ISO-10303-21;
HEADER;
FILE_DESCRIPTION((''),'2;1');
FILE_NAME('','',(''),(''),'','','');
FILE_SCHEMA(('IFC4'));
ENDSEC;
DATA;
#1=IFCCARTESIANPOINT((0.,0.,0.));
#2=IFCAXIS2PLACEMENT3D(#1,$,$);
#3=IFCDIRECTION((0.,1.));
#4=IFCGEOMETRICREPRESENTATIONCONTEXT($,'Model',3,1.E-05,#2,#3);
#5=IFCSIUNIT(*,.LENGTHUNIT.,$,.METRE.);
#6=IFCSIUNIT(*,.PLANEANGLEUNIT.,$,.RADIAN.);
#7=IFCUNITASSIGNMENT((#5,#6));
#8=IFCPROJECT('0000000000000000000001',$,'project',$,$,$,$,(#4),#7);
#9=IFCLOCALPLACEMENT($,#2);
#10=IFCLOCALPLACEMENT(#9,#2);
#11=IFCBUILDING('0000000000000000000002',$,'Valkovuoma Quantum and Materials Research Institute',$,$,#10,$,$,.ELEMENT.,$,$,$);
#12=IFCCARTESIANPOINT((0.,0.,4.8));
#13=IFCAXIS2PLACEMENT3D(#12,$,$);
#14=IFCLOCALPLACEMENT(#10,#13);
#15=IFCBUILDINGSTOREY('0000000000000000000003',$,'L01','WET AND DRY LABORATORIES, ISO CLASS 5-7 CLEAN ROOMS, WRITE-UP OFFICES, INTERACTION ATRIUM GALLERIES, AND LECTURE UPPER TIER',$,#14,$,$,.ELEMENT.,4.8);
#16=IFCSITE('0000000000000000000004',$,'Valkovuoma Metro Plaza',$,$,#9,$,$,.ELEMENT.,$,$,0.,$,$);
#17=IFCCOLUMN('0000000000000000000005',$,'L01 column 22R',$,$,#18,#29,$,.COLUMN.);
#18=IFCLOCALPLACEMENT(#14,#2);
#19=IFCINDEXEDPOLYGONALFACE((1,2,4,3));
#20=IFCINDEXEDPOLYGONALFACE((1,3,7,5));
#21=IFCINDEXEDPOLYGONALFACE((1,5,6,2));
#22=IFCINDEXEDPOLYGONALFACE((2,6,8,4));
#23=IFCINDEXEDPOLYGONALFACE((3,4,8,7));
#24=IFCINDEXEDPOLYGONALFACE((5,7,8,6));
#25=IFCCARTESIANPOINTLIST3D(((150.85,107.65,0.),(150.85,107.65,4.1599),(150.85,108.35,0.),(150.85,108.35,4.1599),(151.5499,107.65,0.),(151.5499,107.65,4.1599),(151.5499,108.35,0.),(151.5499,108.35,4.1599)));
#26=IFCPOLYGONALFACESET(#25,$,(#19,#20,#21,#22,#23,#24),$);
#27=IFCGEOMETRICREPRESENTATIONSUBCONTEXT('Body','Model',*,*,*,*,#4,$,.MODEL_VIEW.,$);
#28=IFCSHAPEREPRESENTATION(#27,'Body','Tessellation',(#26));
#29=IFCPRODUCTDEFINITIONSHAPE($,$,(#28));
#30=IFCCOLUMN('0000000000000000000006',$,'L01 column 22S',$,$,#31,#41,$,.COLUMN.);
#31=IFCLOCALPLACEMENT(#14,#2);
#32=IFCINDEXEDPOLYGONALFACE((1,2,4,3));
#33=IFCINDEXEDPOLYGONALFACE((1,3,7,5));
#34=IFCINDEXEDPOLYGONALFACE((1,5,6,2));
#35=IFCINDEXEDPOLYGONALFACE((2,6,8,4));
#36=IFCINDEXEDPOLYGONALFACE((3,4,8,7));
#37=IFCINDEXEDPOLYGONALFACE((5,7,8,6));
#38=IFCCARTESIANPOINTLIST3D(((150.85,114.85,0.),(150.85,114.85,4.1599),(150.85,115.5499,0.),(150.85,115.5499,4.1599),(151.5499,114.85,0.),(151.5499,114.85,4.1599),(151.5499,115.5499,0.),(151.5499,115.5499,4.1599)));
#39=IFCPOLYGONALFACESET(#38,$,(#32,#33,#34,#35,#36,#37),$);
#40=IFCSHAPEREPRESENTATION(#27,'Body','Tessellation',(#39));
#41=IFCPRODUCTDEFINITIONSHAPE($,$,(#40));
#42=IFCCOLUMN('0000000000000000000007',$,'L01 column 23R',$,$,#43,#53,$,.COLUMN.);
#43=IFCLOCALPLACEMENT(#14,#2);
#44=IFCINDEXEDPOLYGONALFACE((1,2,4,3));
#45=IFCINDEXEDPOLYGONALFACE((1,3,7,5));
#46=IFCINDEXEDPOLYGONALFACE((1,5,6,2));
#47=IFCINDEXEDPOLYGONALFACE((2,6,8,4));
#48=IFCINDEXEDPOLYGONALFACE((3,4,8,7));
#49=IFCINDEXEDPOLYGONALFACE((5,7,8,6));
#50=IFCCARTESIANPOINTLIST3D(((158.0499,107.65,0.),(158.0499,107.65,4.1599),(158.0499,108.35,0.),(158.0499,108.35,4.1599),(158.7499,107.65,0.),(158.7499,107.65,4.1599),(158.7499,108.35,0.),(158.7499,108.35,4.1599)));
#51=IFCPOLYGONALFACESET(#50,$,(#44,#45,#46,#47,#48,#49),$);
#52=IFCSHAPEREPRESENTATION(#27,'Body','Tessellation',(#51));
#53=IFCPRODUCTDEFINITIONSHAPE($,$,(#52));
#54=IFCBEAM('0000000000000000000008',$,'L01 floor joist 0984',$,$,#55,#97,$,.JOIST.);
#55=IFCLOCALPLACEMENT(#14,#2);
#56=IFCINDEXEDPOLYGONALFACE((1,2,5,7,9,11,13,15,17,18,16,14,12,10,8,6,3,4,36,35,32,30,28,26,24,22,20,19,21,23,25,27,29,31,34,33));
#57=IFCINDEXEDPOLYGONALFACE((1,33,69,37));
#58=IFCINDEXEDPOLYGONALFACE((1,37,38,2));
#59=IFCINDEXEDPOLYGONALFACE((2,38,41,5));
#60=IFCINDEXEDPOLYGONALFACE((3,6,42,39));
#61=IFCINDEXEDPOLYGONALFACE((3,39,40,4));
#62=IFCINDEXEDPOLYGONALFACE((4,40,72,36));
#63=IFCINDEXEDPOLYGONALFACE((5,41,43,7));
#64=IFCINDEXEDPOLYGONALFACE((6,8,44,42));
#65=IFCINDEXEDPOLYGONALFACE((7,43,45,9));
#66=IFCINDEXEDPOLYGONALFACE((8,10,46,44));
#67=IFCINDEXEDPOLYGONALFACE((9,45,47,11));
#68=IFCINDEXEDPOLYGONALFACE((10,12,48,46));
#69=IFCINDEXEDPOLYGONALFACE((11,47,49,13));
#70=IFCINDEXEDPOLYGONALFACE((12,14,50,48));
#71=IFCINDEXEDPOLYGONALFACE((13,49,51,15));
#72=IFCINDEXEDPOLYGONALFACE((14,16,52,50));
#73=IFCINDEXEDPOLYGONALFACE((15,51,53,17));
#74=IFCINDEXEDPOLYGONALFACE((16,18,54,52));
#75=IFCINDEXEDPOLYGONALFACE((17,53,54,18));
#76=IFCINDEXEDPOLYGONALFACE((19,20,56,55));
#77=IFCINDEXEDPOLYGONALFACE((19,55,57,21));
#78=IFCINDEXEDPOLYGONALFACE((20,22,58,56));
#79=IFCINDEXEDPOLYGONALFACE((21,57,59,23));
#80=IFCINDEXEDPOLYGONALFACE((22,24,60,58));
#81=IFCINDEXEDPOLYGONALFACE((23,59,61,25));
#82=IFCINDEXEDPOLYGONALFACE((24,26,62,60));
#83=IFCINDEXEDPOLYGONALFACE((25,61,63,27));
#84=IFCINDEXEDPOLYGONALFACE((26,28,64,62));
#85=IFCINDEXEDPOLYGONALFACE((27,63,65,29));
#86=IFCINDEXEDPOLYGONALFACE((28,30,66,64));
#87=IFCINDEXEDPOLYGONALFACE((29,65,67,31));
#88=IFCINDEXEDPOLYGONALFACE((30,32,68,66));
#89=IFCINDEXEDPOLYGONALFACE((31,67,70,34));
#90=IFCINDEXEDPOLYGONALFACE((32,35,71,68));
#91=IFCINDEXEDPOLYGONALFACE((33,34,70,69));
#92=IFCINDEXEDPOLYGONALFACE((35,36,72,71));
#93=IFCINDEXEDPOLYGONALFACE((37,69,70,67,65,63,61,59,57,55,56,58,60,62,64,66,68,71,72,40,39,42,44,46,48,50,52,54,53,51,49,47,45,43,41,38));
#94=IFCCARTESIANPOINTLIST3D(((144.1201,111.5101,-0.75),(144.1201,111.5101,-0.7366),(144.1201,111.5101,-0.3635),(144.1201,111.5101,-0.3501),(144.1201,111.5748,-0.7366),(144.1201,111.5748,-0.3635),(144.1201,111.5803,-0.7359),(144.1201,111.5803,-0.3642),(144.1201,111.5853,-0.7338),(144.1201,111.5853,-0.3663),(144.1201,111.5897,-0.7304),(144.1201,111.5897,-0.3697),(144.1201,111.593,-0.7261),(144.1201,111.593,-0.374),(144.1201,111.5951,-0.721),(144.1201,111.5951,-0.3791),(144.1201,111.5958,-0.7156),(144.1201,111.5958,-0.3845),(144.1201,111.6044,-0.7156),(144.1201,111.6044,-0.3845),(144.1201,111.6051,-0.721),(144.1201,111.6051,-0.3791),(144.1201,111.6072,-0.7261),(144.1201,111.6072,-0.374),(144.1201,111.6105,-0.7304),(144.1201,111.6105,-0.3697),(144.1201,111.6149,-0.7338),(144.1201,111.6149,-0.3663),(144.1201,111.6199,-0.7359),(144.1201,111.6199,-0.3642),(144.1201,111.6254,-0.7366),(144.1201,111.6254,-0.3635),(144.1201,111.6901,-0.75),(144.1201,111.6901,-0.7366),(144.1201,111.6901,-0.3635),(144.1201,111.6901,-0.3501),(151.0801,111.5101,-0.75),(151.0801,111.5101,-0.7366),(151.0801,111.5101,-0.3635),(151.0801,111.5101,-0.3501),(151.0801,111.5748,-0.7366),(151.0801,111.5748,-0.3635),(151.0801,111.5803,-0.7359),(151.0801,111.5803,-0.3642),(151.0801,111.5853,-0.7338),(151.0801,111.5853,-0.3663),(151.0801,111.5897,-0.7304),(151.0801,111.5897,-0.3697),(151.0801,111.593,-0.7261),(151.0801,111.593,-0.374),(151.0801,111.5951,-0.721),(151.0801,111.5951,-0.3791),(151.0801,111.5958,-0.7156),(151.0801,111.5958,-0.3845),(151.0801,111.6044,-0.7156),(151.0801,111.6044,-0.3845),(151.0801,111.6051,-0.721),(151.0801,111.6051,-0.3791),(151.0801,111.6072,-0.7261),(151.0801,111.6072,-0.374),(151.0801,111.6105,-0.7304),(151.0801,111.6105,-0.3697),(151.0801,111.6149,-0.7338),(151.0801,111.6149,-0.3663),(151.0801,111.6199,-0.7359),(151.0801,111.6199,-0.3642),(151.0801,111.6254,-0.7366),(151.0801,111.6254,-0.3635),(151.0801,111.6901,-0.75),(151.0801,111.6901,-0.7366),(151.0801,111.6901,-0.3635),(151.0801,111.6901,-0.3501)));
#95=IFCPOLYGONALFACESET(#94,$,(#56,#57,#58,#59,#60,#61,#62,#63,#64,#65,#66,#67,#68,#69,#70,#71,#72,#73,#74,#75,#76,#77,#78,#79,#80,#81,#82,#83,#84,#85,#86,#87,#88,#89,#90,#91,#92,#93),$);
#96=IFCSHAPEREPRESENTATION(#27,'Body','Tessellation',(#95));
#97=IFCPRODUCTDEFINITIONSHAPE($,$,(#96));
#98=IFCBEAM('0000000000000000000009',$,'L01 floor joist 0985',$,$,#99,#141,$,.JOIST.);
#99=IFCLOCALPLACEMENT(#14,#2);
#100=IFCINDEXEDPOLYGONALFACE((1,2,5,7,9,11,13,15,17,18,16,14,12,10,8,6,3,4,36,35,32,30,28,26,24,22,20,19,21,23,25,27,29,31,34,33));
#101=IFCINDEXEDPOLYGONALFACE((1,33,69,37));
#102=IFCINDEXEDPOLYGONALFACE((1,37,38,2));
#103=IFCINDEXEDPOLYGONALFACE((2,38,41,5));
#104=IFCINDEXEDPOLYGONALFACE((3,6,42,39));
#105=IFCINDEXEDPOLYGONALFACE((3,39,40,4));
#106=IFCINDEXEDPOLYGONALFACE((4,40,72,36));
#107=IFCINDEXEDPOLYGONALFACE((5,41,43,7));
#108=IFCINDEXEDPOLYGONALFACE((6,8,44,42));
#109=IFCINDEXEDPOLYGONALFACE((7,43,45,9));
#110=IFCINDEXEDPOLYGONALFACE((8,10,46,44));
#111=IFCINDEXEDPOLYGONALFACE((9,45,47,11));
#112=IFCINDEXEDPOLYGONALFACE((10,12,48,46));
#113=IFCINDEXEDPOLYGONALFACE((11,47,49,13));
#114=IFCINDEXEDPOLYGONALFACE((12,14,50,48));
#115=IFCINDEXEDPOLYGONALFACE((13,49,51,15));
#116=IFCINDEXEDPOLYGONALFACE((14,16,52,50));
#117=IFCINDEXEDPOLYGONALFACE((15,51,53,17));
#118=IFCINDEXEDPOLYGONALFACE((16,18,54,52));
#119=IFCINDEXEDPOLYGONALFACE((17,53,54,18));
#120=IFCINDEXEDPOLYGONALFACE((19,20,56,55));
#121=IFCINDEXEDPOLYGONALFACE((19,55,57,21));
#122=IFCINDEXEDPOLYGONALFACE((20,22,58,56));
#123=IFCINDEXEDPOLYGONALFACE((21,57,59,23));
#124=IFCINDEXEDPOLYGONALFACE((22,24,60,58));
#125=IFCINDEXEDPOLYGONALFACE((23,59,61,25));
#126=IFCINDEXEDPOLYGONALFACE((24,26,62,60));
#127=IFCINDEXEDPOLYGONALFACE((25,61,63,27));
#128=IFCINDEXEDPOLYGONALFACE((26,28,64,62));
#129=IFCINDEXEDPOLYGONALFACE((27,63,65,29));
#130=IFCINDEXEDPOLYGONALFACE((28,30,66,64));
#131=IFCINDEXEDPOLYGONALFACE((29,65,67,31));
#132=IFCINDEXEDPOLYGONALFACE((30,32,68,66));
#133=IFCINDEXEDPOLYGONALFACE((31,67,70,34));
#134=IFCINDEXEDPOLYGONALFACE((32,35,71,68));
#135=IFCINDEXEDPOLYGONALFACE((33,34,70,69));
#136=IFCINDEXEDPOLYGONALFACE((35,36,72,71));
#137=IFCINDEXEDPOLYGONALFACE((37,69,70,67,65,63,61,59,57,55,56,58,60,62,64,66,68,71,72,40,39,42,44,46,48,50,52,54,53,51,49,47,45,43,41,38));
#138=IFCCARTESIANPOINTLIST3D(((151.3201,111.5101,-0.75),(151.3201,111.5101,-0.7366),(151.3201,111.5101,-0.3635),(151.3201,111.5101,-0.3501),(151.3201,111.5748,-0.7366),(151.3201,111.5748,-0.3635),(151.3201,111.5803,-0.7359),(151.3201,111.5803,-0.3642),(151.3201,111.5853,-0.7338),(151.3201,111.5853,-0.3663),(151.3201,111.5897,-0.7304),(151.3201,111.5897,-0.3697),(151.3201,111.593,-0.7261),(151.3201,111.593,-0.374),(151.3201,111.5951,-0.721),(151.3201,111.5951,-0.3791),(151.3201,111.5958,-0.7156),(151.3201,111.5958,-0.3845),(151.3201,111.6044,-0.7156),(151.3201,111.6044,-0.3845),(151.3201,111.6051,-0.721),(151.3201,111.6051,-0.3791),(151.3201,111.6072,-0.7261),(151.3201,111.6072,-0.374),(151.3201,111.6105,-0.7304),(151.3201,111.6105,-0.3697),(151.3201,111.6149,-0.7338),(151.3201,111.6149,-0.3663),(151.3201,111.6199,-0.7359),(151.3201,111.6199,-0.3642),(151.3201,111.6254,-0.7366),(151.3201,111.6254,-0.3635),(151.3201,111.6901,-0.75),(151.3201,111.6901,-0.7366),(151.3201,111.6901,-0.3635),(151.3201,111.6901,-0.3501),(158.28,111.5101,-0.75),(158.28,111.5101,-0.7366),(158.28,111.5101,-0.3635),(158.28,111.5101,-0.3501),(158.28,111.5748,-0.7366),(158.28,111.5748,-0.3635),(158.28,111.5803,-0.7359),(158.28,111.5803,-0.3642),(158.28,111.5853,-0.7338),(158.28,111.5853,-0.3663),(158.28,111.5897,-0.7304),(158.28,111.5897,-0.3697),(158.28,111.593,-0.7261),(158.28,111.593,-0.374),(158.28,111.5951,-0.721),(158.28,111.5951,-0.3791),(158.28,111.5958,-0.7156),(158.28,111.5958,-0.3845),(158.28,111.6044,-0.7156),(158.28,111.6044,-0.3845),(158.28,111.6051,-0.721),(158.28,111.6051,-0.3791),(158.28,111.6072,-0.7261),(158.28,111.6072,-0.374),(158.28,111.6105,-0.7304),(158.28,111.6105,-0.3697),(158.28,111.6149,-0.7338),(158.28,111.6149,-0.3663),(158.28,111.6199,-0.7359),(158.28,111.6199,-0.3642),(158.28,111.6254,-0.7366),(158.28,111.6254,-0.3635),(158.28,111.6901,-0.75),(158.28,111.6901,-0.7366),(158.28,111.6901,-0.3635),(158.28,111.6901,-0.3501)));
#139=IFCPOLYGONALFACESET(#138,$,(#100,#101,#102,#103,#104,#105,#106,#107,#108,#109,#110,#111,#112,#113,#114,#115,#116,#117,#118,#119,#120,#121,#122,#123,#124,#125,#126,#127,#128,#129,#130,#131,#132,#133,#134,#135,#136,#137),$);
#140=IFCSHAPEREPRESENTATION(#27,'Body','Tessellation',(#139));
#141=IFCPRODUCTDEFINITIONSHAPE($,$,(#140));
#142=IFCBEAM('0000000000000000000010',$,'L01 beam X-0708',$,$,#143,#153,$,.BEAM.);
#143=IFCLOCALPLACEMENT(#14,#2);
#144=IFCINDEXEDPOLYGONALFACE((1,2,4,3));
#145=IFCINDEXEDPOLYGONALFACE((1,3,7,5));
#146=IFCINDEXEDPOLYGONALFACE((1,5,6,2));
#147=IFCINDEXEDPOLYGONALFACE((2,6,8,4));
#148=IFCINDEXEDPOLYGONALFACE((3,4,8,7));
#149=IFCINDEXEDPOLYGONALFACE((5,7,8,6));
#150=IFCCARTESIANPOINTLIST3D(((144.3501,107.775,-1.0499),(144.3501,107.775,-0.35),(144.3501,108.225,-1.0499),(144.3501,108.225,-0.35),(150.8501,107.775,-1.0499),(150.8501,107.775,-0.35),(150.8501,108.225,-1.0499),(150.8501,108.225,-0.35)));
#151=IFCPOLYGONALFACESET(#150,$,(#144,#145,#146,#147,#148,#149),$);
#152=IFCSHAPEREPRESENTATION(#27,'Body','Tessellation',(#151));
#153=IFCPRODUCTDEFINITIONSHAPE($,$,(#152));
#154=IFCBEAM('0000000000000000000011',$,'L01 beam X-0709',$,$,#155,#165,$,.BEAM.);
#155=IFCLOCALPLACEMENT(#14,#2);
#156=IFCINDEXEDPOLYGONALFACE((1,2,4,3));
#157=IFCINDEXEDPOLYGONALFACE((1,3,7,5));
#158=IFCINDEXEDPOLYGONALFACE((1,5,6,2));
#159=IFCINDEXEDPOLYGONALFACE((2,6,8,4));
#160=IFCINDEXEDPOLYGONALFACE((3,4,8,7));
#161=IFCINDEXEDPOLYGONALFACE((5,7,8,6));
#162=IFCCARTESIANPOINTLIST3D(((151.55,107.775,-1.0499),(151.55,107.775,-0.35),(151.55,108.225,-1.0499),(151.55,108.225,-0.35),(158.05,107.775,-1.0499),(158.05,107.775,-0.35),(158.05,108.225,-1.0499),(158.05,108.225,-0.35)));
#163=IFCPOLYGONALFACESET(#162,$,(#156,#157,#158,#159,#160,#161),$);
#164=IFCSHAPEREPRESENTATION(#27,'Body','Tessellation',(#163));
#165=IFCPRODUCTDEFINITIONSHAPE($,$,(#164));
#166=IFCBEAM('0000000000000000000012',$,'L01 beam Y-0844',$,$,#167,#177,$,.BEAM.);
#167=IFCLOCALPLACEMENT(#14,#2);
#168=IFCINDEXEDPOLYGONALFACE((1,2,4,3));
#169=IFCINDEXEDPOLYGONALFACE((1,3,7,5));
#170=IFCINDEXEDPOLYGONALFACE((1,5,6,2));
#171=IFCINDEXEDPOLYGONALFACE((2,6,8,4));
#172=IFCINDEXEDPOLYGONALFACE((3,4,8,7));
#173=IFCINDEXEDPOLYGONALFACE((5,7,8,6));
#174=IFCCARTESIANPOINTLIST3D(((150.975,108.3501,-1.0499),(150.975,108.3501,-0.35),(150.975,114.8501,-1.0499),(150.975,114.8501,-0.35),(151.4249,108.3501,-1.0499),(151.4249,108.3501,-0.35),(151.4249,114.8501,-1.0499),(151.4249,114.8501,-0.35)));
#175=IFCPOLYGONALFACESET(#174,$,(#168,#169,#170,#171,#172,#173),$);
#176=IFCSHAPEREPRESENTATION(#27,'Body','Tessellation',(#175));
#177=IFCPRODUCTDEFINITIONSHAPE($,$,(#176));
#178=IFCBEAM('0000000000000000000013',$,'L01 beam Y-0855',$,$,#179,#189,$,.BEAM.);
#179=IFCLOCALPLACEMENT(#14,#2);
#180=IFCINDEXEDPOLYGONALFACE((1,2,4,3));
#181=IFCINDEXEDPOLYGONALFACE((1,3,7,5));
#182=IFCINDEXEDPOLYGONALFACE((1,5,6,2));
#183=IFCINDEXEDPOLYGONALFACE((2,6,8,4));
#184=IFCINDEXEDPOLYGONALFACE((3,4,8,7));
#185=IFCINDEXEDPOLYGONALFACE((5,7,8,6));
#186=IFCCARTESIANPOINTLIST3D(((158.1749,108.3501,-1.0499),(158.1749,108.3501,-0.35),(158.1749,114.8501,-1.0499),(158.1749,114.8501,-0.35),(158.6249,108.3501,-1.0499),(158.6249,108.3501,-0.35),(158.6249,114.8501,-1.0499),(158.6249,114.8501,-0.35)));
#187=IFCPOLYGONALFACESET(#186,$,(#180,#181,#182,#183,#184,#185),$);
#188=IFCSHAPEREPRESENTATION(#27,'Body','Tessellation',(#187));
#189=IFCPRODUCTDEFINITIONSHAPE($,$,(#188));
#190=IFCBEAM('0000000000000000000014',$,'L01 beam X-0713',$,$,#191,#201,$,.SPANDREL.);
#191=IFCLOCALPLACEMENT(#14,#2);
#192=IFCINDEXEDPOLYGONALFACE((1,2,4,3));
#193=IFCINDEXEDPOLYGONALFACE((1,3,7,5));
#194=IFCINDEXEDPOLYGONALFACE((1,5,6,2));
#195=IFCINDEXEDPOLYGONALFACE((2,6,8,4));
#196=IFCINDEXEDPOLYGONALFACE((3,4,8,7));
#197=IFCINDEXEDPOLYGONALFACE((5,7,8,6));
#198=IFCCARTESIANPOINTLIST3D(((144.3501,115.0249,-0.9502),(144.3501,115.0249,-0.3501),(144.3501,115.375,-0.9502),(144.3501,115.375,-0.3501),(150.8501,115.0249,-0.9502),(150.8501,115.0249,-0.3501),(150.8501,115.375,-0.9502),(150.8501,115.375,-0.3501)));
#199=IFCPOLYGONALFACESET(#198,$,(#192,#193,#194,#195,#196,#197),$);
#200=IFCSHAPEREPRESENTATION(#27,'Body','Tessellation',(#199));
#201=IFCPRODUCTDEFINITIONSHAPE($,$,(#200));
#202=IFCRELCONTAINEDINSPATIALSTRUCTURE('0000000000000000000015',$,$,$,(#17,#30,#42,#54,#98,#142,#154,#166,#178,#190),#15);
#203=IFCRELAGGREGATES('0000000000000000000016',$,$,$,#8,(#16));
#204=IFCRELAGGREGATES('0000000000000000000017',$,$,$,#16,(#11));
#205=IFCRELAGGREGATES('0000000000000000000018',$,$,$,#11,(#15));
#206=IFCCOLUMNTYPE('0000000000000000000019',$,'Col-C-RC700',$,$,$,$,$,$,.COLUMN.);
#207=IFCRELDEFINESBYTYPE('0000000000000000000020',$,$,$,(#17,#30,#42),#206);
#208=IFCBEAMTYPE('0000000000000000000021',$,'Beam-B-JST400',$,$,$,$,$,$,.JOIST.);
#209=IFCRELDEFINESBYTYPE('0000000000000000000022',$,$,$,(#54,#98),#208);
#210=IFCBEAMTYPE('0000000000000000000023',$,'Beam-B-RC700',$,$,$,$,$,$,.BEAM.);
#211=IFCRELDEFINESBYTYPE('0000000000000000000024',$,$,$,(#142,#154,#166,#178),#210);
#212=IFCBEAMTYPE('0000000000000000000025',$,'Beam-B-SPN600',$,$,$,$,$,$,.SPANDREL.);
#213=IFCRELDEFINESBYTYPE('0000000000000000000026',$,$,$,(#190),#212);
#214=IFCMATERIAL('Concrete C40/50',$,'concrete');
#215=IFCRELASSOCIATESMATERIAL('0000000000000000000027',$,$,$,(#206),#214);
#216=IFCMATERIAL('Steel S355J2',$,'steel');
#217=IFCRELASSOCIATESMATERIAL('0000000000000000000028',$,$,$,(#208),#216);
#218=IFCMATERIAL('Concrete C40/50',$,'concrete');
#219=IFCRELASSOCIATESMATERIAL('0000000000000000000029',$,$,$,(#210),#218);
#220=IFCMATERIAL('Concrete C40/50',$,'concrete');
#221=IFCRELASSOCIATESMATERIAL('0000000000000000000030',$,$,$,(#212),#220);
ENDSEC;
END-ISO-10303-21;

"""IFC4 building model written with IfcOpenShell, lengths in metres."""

from ifc_helpers import new_model, si_unit, direction, frame, origin, origin_2d, place, context, subcontext, project, spatial, rectangle, i_section, extrude, material, material_profile, profile_set, type_object, element, save


model = new_model("IFC4")

# Units and contexts
model_context = context("Model", 3, precision=1e-05, world=origin(), true_north=direction((0.0, 1.0)))
body_context = subcontext(model_context, "Body", "Model", "MODEL_VIEW")
ifc_project = project(units=[si_unit("LENGTHUNIT", "METRE"), si_unit("PLANEANGLEUNIT", "RADIAN")], contexts=[model_context])

# Site, building, storey
site_placement = place(None, origin())
site = spatial("IfcSite", under=ifc_project, at=site_placement, Name="Valkovuoma Metro Plaza", CompositionType="ELEMENT", RefElevation=0.0)
building_placement = place(site_placement, origin())
building = spatial("IfcBuilding", under=site, at=building_placement, Name="Valkovuoma Quantum and Materials Research Institute", CompositionType="ELEMENT")
storey_placement = place(building_placement, frame((0.0, 0.0, 4.8)))
storey = spatial("IfcBuildingStorey", under=building, at=storey_placement, Name="L01", Description="WET AND DRY LABORATORIES, ISO CLASS 5-7 CLEAN ROOMS, WRITE-UP OFFICES, INTERACTION ATRIUM GALLERIES, AND LECTURE UPPER TIER", CompositionType="ELEMENT", Elevation=4.8)

# Columns
ifc_material_1 = material(Name="Concrete C40/50", Category="concrete")
ifc_material_profile_1 = material_profile(ifc_material_1, rectangle(XDim=0.7, YDim=0.7, at=origin_2d()), Name="Concrete C40/50")
ifc_profile_set_1 = profile_set([ifc_material_profile_1], Name="Concrete C40/50")
column_type = type_object("IfcColumnType", Name="Col-C-RC700", PredefinedType="COLUMN", material=ifc_profile_set_1)
for number, where, z_axis, x_axis, name in (
    (1, (151.2, 108.0, 0.0), (0.0, 0.0, 1.0), (1.0, 0.0, 0.0), "L01 column 22R"),
    (2, (151.2, 115.2, 0.0), (0.0, 0.0, 1.0), (1.0, 0.0, 0.0), "L01 column 22S"),
    (3, (158.3999, 108.0, 0.0), (0.0, 0.0, 1.0), (1.0, 0.0, 0.0), "L01 column 23R"),
):
    element("IfcColumn", number, at=place(storey_placement, frame(where, z_axis=z_axis, x_axis=x_axis)), inside=storey, type_object=column_type, Name=name, PredefinedType="COLUMN", context=body_context, shape_type="SweptSolid", body=[
        extrude(rectangle(XDim=0.7, YDim=0.7, at=origin_2d()), origin(), (0.0, 0.0, 1.0), 4.1599),
    ])

# Beams
ifc_material_2 = material(Name="Steel S355J2", Category="steel")
ifc_material_profile_2 = material_profile(ifc_material_2, i_section(OverallWidth=0.1799, OverallDepth=0.3999, WebThickness=0.0085, FlangeThickness=0.0134, FilletRadius=0.021, at=origin_2d()), Name="Steel S355J2")
ifc_profile_set_2 = profile_set([ifc_material_profile_2], Name="Steel S355J2")
beam_type_1 = type_object("IfcBeamType", Name="Beam-B-JST400", PredefinedType="JOIST", material=ifc_profile_set_2)
for number, where, z_axis, x_axis, name in (
    (4, (144.1201, 111.6001, -0.55), (1.0, 0.0, 0.0), (0.0, 1.0, 0.0), "L01 floor joist 0984"),
    (5, (151.3201, 111.6001, -0.55), (1.0, 0.0, 0.0), (0.0, 1.0, 0.0), "L01 floor joist 0985"),
):
    element("IfcBeam", number, at=place(storey_placement, frame(where, z_axis=z_axis, x_axis=x_axis)), inside=storey, type_object=beam_type_1, Name=name, PredefinedType="JOIST", context=body_context, shape_type="SweptSolid", body=[
        extrude(i_section(OverallWidth=0.1799, OverallDepth=0.3999, WebThickness=0.0085, FlangeThickness=0.0134, FilletRadius=0.021, at=origin_2d()), origin(), (0.0, 0.0, 1.0), 6.96),
    ])
ifc_material_3 = material(Name="Concrete C40/50", Category="concrete")
ifc_material_profile_3 = material_profile(ifc_material_3, rectangle(XDim=0.45, YDim=0.7, at=origin_2d()), Name="Concrete C40/50")
ifc_profile_set_3 = profile_set([ifc_material_profile_3], Name="Concrete C40/50")
beam_type_2 = type_object("IfcBeamType", Name="Beam-B-RC700", PredefinedType="BEAM", material=ifc_profile_set_3)
for number, where, z_axis, x_axis, name in (
    (6, (144.3501, 108.0, -0.7), (1.0, 0.0, 0.0), (0.0, 1.0, 0.0), "L01 beam X-0708"),
    (7, (151.55, 108.0, -0.7), (1.0, 0.0, 0.0), (0.0, 1.0, 0.0), "L01 beam X-0709"),
    (8, (151.2, 108.3501, -0.7), (0.0, 1.0, 0.0), (-1.0, 0.0, 0.0), "L01 beam Y-0844"),
    (9, (158.3999, 108.3501, -0.7), (0.0, 1.0, 0.0), (-1.0, 0.0, 0.0), "L01 beam Y-0855"),
):
    element("IfcBeam", number, at=place(storey_placement, frame(where, z_axis=z_axis, x_axis=x_axis)), inside=storey, type_object=beam_type_2, Name=name, PredefinedType="BEAM", context=body_context, shape_type="SweptSolid", body=[
        extrude(rectangle(XDim=0.45, YDim=0.7, at=origin_2d()), origin(), (0.0, 0.0, 1.0), 6.5),
    ])
ifc_material_4 = material(Name="Concrete C40/50", Category="concrete")
ifc_material_profile_4 = material_profile(ifc_material_4, rectangle(XDim=0.3501, YDim=0.6001, at=origin_2d()), Name="Concrete C40/50")
ifc_profile_set_4 = profile_set([ifc_material_profile_4], Name="Concrete C40/50")
beam_type_3 = type_object("IfcBeamType", Name="Beam-B-SPN600", PredefinedType="SPANDREL", material=ifc_profile_set_4)
for number, where, z_axis, x_axis, name in (
    (10, (144.3501, 115.2, -0.6501), (1.0, 0.0, 0.0), (0.0, 1.0, 0.0), "L01 beam X-0713"),
):
    element("IfcBeam", number, at=place(storey_placement, frame(where, z_axis=z_axis, x_axis=x_axis)), inside=storey, type_object=beam_type_3, Name=name, PredefinedType="SPANDREL", context=body_context, shape_type="SweptSolid", body=[
        extrude(rectangle(XDim=0.3501, YDim=0.6001, at=origin_2d()), origin(), (0.0, 0.0, 1.0), 6.5),
    ])

save(model, "model.ifc")
